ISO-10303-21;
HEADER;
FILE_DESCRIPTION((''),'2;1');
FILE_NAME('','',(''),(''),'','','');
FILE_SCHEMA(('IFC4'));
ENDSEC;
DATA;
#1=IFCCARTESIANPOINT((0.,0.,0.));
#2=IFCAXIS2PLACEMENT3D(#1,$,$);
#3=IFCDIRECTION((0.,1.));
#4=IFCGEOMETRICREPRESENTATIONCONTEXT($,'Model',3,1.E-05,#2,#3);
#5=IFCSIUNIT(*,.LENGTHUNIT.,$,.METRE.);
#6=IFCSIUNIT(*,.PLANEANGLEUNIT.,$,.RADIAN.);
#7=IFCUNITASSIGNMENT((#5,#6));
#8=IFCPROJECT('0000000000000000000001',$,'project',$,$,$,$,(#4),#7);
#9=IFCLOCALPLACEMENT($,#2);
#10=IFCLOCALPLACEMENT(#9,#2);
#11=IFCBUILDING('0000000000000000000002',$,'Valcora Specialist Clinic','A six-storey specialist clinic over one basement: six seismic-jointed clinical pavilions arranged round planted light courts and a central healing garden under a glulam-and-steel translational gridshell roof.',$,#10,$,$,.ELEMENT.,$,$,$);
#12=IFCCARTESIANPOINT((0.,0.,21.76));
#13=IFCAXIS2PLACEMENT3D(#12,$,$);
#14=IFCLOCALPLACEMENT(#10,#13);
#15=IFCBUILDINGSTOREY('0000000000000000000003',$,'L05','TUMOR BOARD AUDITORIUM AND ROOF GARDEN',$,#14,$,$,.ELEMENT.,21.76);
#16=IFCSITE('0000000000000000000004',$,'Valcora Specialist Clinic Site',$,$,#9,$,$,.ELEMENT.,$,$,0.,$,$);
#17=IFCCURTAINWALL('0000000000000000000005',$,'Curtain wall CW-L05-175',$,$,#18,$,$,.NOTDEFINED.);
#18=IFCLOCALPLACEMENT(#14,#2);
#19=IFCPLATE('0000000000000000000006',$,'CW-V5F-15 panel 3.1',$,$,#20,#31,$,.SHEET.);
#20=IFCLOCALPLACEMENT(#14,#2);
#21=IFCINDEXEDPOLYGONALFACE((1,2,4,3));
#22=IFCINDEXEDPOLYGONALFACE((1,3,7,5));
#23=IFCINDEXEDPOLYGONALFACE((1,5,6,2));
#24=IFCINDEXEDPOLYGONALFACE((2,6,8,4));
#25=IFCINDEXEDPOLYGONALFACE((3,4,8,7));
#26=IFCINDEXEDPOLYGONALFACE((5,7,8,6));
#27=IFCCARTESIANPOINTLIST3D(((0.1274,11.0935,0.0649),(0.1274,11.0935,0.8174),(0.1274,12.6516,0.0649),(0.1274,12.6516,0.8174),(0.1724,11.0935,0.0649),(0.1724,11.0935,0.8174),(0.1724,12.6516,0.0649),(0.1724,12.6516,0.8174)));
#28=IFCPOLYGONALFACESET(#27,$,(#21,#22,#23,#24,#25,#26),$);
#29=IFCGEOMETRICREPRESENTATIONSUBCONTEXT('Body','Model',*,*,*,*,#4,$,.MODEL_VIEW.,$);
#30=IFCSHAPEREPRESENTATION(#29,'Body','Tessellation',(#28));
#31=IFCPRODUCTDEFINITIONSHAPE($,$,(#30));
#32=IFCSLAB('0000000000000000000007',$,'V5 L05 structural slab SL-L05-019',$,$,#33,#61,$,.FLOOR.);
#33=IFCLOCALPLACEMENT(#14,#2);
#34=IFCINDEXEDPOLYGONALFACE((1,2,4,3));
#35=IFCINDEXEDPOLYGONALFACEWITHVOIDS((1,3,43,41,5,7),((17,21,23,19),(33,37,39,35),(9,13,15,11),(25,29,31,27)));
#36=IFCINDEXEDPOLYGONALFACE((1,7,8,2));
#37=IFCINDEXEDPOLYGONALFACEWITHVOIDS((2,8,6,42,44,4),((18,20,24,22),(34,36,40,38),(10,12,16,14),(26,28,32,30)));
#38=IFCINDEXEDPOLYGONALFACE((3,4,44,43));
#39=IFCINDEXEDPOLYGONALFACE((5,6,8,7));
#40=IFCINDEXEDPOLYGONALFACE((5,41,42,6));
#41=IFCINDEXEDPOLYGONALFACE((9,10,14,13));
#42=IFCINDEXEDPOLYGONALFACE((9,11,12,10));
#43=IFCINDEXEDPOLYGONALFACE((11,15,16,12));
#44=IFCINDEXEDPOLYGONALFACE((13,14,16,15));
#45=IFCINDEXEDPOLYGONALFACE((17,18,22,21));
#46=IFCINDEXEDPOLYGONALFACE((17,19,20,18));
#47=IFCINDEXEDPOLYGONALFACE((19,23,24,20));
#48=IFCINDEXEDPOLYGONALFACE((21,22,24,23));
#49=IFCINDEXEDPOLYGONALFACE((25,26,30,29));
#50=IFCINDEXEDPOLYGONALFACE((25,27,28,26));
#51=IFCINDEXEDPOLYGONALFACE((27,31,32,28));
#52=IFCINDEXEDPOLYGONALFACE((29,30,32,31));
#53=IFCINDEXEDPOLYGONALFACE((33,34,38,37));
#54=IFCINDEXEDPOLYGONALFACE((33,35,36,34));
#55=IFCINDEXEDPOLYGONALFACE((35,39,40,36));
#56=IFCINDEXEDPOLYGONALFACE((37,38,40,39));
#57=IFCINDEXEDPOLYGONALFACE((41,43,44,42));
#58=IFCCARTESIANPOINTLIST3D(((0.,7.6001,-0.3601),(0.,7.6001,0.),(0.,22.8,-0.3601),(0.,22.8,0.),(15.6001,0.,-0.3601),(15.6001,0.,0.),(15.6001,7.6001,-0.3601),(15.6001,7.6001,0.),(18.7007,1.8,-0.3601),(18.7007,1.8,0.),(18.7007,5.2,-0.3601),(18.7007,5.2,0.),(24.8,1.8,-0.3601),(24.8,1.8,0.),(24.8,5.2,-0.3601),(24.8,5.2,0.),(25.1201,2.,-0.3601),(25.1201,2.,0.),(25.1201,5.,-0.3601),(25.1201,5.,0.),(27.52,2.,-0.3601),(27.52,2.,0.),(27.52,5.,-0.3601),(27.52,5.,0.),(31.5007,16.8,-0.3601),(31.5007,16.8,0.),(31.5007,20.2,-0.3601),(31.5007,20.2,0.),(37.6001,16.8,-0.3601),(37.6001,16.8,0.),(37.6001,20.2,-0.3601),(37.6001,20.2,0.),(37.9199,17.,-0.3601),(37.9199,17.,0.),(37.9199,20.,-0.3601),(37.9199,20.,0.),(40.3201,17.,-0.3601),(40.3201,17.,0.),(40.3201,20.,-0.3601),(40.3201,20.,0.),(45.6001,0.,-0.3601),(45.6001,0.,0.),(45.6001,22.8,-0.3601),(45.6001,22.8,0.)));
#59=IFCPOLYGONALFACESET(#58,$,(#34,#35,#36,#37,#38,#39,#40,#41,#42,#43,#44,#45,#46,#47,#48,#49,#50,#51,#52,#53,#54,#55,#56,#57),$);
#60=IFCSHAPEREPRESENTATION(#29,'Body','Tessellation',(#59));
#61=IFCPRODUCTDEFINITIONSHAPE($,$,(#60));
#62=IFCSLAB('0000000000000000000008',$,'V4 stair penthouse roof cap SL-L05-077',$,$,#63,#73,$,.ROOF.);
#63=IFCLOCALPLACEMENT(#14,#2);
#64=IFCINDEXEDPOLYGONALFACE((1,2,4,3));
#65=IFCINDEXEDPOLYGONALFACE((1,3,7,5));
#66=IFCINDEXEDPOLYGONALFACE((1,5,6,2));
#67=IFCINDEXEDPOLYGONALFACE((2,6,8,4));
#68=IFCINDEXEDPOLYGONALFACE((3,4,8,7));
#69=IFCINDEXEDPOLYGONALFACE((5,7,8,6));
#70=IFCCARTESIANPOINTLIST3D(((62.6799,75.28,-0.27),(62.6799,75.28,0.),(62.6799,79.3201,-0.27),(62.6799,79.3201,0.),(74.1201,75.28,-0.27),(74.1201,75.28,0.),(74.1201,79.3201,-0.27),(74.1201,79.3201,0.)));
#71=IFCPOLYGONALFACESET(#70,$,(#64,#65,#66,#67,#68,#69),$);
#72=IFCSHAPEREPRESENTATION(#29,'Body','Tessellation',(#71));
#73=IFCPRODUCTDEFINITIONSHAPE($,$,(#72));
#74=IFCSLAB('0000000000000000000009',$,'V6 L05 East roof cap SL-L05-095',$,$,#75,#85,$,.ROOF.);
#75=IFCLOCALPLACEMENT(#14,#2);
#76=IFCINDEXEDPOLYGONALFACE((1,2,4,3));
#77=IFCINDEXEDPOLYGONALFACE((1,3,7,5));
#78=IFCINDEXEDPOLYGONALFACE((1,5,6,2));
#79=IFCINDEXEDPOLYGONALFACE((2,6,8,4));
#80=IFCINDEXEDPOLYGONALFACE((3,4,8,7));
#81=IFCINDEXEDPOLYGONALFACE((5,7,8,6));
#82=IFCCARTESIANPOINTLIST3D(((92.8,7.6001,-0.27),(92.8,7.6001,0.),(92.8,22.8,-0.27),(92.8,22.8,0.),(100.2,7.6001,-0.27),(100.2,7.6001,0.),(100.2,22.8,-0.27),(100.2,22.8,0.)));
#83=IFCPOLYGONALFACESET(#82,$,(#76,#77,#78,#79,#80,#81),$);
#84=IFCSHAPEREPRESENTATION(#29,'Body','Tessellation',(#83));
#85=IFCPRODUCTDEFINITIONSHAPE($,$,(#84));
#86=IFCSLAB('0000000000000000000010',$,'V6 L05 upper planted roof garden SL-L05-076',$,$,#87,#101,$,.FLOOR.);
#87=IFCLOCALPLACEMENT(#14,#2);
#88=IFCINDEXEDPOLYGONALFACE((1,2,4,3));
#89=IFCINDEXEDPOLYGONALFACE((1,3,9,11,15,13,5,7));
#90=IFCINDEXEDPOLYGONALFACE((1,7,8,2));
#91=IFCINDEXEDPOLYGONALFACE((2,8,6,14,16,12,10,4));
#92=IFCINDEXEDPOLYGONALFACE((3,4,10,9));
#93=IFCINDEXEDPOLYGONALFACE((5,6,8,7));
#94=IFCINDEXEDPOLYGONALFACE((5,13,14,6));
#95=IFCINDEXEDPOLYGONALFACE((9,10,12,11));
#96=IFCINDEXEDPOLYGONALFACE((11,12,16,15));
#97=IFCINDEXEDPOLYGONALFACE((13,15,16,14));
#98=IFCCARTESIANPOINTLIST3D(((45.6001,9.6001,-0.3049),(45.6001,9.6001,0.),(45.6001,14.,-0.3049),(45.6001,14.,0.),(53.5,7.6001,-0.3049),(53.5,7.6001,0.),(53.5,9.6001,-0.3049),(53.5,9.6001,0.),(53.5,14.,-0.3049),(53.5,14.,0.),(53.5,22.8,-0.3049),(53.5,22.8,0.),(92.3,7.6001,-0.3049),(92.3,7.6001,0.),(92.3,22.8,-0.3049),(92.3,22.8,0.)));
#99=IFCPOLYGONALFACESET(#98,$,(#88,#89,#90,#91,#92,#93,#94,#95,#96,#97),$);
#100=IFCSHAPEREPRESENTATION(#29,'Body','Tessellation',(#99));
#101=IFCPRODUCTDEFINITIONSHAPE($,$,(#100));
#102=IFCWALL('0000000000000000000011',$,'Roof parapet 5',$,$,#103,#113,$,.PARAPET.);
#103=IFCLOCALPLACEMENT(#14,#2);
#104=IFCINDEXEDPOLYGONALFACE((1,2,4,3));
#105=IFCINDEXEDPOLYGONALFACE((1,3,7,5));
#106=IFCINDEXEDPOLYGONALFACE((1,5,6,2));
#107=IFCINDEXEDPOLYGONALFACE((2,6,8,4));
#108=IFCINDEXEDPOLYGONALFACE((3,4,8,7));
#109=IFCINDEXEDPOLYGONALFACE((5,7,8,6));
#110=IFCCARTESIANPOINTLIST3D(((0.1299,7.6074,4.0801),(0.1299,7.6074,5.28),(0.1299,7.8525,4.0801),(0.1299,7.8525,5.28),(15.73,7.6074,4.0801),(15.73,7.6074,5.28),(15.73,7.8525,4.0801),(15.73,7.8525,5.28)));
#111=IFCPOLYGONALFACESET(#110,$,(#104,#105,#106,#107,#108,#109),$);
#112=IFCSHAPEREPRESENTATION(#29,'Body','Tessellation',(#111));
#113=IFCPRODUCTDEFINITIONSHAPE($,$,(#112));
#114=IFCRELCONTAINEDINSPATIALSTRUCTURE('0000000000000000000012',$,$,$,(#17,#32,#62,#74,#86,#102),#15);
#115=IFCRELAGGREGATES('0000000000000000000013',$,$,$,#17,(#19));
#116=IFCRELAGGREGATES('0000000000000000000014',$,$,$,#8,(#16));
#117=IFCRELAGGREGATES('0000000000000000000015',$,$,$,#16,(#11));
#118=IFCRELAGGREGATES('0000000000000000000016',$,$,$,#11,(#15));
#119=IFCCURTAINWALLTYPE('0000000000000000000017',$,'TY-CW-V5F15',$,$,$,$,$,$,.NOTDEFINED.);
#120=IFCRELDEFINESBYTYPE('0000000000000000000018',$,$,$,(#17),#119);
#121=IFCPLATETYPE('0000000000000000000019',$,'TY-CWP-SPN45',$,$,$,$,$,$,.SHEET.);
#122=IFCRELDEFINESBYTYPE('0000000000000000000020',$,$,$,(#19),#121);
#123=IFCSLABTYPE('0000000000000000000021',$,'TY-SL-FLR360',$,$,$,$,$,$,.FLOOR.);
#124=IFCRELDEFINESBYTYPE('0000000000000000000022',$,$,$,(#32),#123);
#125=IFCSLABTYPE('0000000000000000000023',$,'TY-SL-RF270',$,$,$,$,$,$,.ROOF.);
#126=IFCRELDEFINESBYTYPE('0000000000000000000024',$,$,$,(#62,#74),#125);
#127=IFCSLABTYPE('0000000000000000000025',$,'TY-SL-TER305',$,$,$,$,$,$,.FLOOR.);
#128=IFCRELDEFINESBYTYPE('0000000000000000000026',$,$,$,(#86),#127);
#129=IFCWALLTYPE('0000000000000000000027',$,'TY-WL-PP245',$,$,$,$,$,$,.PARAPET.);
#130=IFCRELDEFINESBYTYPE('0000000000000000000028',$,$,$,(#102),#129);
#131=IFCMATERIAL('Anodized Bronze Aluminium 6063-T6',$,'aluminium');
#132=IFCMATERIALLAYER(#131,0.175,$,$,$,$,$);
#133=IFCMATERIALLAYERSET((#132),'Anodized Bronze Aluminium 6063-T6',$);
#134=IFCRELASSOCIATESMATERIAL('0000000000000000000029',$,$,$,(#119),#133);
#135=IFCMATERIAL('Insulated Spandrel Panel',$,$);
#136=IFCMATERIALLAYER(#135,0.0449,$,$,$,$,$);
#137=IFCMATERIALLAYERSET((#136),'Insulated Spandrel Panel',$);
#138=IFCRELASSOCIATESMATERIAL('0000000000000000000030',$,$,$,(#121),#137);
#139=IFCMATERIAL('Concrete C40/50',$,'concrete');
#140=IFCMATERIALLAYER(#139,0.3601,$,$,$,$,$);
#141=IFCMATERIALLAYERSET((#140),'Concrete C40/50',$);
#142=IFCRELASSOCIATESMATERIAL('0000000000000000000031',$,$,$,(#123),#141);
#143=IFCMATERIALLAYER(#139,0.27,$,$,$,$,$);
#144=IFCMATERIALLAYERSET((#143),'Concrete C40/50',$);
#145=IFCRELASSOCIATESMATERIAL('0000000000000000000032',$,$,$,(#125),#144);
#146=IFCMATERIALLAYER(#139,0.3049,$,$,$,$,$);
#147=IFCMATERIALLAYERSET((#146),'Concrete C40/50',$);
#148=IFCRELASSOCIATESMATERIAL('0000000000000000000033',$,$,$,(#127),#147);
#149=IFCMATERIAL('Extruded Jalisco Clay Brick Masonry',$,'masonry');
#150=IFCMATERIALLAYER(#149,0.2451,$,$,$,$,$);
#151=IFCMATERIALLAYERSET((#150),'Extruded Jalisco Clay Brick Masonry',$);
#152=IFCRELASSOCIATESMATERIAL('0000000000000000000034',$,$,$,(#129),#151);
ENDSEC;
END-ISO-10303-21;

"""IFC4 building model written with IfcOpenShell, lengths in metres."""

from ifc_helpers import new_model, si_unit, direction, frame, frame_2d, origin, origin_2d, place, context, subcontext, project, spatial, polyline, rectangle, outline, extrude, material, layer, layer_set, type_object, element, aggregate, save


model = new_model("IFC4")

# Units and contexts
model_context = context("Model", 3, precision=1e-05, world=origin(), true_north=direction((0.0, 1.0)))
body_context = subcontext(model_context, "Body", "Model", "MODEL_VIEW")
ifc_project = project(units=[si_unit("LENGTHUNIT", "METRE"), si_unit("PLANEANGLEUNIT", "RADIAN")], contexts=[model_context])

# Site, building, storey
site_placement = place(None, origin())
site = spatial("IfcSite", under=ifc_project, at=site_placement, Name="Valcora Specialist Clinic Site", CompositionType="ELEMENT", RefElevation=0.0)
building_placement = place(site_placement, origin())
building = spatial("IfcBuilding", under=site, at=building_placement, Name="Valcora Specialist Clinic", Description="A six-storey specialist clinic over one basement: six seismic-jointed clinical pavilions arranged round planted light courts and a central healing garden under a glulam-and-steel translational gridshell roof.", CompositionType="ELEMENT")
storey_placement = place(building_placement, frame((0.0, 0.0, 21.76)))
storey = spatial("IfcBuildingStorey", under=building, at=storey_placement, Name="L05", Description="TUMOR BOARD AUDITORIUM AND ROOF GARDEN", CompositionType="ELEMENT", Elevation=21.76)

# Curtain wall, plate
ifc_material_1 = material(Name="Anodized Bronze Aluminium 6063-T6", Category="aluminium")
ifc_layer_1 = layer(ifc_material_1, 0.175)
ifc_layer_set_1 = layer_set([ifc_layer_1], Name="Anodized Bronze Aluminium 6063-T6")
curtain_wall_type = type_object("IfcCurtainWallType", Name="TY-CW-V5F15", PredefinedType="NOTDEFINED", material=ifc_layer_set_1)
curtain_wall_placement = place(storey_placement, origin())
curtain_wall = element("IfcCurtainWall", 1, at=curtain_wall_placement, inside=storey, type_object=curtain_wall_type, Name="Curtain wall CW-L05-175", PredefinedType="NOTDEFINED")
ifc_material_2 = material(Name="Insulated Spandrel Panel")
ifc_layer_2 = layer(ifc_material_2, 0.0449)
ifc_layer_set_2 = layer_set([ifc_layer_2], Name="Insulated Spandrel Panel")
plate_type_1 = type_object("IfcPlateType", Name="TY-CWP-SPN45", PredefinedType="SHEET", material=ifc_layer_set_2)
plate_1_placement = place(storey_placement, frame((0.1499, 11.8726, 0.0649), z_axis=(0.0, 0.0, 1.0), x_axis=(0.0, 1.0, 0.0)))
plate_1 = element("IfcPlate", 2, at=plate_1_placement, type_object=plate_type_1, Name="CW-V5F-15 panel 3.1", PredefinedType="SHEET", context=body_context, shape_type="SweptSolid", body=[
    extrude(rectangle(XDim=1.5581, YDim=0.0449, at=origin_2d()), origin(), (0.0, 0.0, 1.0), 0.7524),
])
aggregate(curtain_wall, [plate_1])

# Slabs
ifc_material_3 = material(Name="Concrete C40/50", Category="concrete")
ifc_layer_3 = layer(ifc_material_3, 0.3601)
ifc_layer_set_3 = layer_set([ifc_layer_3], Name="Concrete C40/50")
slab_type_1 = type_object("IfcSlabType", Name="TY-SL-FLR360", PredefinedType="FLOOR", material=ifc_layer_set_3)
slab_1_placement = place(storey_placement, frame((0.0, 0.0, -0.3601)))
element("IfcSlab", 3, at=slab_1_placement, inside=storey, type_object=slab_type_1, Name="V5 L05 structural slab SL-L05-019", PredefinedType="FLOOR", context=body_context, shape_type="SweptSolid", body=[
    extrude(outline(polyline([(15.6001, 0.0), (45.6001, 0.0), (45.6001, 22.8), (0.0, 22.8), (0.0, 7.6001), (15.6001, 7.6001), (15.6001, 0.0)]), holes=[polyline([(18.7007, 1.8), (24.8, 1.8), (24.8, 5.2), (18.7007, 5.2), (18.7007, 1.8)]), polyline([(25.1201, 2.0), (27.52, 2.0), (27.52, 5.0), (25.1201, 5.0), (25.1201, 2.0)]), polyline([(31.5007, 16.8), (37.6001, 16.8), (37.6001, 20.2), (31.5007, 20.2), (31.5007, 16.8)]), polyline([(37.9199, 17.0), (40.3201, 17.0), (40.3201, 20.0), (37.9199, 20.0), (37.9199, 17.0)])]), origin(), (0.0, 0.0, 1.0), 0.3601),
])
ifc_layer_4 = layer(ifc_material_3, 0.27)
ifc_layer_set_4 = layer_set([ifc_layer_4], Name="Concrete C40/50")
slab_type_2 = type_object("IfcSlabType", Name="TY-SL-RF270", PredefinedType="ROOF", material=ifc_layer_set_4)
slab_2_placement = place(storey_placement, frame((0.0, 0.0, -0.27)))
element("IfcSlab", 4, at=slab_2_placement, inside=storey, type_object=slab_type_2, Name="V4 stair penthouse roof cap SL-L05-077", PredefinedType="ROOF", context=body_context, shape_type="SweptSolid", body=[
    extrude(outline(polyline([(62.6799, 75.28), (74.1201, 75.28), (74.1201, 79.3201), (62.6799, 79.3201), (62.6799, 75.28)])), origin(), (0.0, 0.0, 1.0), 0.27),
])
slab_3_placement = place(storey_placement, frame((0.0, 0.0, -0.27)))
element("IfcSlab", 5, at=slab_3_placement, inside=storey, type_object=slab_type_2, Name="V6 L05 East roof cap SL-L05-095", PredefinedType="ROOF", context=body_context, shape_type="SweptSolid", body=[
    extrude(outline(polyline([(92.8, 7.6001), (100.2, 7.6001), (100.2, 22.8), (92.8, 22.8), (92.8, 7.6001)])), origin(), (0.0, 0.0, 1.0), 0.27),
])
ifc_layer_5 = layer(ifc_material_3, 0.3049)
ifc_layer_set_5 = layer_set([ifc_layer_5], Name="Concrete C40/50")
slab_type_3 = type_object("IfcSlabType", Name="TY-SL-TER305", PredefinedType="FLOOR", material=ifc_layer_set_5)
slab_4_placement = place(storey_placement, frame((0.0, 0.0, -0.3049)))
element("IfcSlab", 6, at=slab_4_placement, inside=storey, type_object=slab_type_3, Name="V6 L05 upper planted roof garden SL-L05-076", PredefinedType="FLOOR", context=body_context, shape_type="SweptSolid", body=[
    extrude(outline(polyline([(45.6001, 9.6001), (53.5, 9.6001), (53.5, 7.6001), (92.3, 7.6001), (92.3, 22.8), (53.5, 22.8), (53.5, 14.0), (45.6001, 14.0), (45.6001, 9.6001)])), origin(), (0.0, 0.0, 1.0), 0.3049),
])

# Wall
ifc_material_4 = material(Name="Extruded Jalisco Clay Brick Masonry", Category="masonry")
ifc_layer_6 = layer(ifc_material_4, 0.2451)
ifc_layer_set_6 = layer_set([ifc_layer_6], Name="Extruded Jalisco Clay Brick Masonry")
wall_type = type_object("IfcWallType", Name="TY-WL-PP245", PredefinedType="PARAPET", material=ifc_layer_set_6)
wall_placement = place(storey_placement, frame((0.1299, 7.73, 4.0801), z_axis=(0.0, 0.0, 1.0), x_axis=(1.0, 0.0, 0.0)))
element("IfcWall", 7, at=wall_placement, inside=storey, type_object=wall_type, Name="Roof parapet 5", PredefinedType="PARAPET", context=body_context, shape_type="SweptSolid", body=[
    extrude(rectangle(XDim=15.6001, YDim=0.2451, at=frame_2d((7.8, 0.0))), origin(), (0.0, 0.0, 1.0), 1.2),
])

save(model, "model.ifc")
